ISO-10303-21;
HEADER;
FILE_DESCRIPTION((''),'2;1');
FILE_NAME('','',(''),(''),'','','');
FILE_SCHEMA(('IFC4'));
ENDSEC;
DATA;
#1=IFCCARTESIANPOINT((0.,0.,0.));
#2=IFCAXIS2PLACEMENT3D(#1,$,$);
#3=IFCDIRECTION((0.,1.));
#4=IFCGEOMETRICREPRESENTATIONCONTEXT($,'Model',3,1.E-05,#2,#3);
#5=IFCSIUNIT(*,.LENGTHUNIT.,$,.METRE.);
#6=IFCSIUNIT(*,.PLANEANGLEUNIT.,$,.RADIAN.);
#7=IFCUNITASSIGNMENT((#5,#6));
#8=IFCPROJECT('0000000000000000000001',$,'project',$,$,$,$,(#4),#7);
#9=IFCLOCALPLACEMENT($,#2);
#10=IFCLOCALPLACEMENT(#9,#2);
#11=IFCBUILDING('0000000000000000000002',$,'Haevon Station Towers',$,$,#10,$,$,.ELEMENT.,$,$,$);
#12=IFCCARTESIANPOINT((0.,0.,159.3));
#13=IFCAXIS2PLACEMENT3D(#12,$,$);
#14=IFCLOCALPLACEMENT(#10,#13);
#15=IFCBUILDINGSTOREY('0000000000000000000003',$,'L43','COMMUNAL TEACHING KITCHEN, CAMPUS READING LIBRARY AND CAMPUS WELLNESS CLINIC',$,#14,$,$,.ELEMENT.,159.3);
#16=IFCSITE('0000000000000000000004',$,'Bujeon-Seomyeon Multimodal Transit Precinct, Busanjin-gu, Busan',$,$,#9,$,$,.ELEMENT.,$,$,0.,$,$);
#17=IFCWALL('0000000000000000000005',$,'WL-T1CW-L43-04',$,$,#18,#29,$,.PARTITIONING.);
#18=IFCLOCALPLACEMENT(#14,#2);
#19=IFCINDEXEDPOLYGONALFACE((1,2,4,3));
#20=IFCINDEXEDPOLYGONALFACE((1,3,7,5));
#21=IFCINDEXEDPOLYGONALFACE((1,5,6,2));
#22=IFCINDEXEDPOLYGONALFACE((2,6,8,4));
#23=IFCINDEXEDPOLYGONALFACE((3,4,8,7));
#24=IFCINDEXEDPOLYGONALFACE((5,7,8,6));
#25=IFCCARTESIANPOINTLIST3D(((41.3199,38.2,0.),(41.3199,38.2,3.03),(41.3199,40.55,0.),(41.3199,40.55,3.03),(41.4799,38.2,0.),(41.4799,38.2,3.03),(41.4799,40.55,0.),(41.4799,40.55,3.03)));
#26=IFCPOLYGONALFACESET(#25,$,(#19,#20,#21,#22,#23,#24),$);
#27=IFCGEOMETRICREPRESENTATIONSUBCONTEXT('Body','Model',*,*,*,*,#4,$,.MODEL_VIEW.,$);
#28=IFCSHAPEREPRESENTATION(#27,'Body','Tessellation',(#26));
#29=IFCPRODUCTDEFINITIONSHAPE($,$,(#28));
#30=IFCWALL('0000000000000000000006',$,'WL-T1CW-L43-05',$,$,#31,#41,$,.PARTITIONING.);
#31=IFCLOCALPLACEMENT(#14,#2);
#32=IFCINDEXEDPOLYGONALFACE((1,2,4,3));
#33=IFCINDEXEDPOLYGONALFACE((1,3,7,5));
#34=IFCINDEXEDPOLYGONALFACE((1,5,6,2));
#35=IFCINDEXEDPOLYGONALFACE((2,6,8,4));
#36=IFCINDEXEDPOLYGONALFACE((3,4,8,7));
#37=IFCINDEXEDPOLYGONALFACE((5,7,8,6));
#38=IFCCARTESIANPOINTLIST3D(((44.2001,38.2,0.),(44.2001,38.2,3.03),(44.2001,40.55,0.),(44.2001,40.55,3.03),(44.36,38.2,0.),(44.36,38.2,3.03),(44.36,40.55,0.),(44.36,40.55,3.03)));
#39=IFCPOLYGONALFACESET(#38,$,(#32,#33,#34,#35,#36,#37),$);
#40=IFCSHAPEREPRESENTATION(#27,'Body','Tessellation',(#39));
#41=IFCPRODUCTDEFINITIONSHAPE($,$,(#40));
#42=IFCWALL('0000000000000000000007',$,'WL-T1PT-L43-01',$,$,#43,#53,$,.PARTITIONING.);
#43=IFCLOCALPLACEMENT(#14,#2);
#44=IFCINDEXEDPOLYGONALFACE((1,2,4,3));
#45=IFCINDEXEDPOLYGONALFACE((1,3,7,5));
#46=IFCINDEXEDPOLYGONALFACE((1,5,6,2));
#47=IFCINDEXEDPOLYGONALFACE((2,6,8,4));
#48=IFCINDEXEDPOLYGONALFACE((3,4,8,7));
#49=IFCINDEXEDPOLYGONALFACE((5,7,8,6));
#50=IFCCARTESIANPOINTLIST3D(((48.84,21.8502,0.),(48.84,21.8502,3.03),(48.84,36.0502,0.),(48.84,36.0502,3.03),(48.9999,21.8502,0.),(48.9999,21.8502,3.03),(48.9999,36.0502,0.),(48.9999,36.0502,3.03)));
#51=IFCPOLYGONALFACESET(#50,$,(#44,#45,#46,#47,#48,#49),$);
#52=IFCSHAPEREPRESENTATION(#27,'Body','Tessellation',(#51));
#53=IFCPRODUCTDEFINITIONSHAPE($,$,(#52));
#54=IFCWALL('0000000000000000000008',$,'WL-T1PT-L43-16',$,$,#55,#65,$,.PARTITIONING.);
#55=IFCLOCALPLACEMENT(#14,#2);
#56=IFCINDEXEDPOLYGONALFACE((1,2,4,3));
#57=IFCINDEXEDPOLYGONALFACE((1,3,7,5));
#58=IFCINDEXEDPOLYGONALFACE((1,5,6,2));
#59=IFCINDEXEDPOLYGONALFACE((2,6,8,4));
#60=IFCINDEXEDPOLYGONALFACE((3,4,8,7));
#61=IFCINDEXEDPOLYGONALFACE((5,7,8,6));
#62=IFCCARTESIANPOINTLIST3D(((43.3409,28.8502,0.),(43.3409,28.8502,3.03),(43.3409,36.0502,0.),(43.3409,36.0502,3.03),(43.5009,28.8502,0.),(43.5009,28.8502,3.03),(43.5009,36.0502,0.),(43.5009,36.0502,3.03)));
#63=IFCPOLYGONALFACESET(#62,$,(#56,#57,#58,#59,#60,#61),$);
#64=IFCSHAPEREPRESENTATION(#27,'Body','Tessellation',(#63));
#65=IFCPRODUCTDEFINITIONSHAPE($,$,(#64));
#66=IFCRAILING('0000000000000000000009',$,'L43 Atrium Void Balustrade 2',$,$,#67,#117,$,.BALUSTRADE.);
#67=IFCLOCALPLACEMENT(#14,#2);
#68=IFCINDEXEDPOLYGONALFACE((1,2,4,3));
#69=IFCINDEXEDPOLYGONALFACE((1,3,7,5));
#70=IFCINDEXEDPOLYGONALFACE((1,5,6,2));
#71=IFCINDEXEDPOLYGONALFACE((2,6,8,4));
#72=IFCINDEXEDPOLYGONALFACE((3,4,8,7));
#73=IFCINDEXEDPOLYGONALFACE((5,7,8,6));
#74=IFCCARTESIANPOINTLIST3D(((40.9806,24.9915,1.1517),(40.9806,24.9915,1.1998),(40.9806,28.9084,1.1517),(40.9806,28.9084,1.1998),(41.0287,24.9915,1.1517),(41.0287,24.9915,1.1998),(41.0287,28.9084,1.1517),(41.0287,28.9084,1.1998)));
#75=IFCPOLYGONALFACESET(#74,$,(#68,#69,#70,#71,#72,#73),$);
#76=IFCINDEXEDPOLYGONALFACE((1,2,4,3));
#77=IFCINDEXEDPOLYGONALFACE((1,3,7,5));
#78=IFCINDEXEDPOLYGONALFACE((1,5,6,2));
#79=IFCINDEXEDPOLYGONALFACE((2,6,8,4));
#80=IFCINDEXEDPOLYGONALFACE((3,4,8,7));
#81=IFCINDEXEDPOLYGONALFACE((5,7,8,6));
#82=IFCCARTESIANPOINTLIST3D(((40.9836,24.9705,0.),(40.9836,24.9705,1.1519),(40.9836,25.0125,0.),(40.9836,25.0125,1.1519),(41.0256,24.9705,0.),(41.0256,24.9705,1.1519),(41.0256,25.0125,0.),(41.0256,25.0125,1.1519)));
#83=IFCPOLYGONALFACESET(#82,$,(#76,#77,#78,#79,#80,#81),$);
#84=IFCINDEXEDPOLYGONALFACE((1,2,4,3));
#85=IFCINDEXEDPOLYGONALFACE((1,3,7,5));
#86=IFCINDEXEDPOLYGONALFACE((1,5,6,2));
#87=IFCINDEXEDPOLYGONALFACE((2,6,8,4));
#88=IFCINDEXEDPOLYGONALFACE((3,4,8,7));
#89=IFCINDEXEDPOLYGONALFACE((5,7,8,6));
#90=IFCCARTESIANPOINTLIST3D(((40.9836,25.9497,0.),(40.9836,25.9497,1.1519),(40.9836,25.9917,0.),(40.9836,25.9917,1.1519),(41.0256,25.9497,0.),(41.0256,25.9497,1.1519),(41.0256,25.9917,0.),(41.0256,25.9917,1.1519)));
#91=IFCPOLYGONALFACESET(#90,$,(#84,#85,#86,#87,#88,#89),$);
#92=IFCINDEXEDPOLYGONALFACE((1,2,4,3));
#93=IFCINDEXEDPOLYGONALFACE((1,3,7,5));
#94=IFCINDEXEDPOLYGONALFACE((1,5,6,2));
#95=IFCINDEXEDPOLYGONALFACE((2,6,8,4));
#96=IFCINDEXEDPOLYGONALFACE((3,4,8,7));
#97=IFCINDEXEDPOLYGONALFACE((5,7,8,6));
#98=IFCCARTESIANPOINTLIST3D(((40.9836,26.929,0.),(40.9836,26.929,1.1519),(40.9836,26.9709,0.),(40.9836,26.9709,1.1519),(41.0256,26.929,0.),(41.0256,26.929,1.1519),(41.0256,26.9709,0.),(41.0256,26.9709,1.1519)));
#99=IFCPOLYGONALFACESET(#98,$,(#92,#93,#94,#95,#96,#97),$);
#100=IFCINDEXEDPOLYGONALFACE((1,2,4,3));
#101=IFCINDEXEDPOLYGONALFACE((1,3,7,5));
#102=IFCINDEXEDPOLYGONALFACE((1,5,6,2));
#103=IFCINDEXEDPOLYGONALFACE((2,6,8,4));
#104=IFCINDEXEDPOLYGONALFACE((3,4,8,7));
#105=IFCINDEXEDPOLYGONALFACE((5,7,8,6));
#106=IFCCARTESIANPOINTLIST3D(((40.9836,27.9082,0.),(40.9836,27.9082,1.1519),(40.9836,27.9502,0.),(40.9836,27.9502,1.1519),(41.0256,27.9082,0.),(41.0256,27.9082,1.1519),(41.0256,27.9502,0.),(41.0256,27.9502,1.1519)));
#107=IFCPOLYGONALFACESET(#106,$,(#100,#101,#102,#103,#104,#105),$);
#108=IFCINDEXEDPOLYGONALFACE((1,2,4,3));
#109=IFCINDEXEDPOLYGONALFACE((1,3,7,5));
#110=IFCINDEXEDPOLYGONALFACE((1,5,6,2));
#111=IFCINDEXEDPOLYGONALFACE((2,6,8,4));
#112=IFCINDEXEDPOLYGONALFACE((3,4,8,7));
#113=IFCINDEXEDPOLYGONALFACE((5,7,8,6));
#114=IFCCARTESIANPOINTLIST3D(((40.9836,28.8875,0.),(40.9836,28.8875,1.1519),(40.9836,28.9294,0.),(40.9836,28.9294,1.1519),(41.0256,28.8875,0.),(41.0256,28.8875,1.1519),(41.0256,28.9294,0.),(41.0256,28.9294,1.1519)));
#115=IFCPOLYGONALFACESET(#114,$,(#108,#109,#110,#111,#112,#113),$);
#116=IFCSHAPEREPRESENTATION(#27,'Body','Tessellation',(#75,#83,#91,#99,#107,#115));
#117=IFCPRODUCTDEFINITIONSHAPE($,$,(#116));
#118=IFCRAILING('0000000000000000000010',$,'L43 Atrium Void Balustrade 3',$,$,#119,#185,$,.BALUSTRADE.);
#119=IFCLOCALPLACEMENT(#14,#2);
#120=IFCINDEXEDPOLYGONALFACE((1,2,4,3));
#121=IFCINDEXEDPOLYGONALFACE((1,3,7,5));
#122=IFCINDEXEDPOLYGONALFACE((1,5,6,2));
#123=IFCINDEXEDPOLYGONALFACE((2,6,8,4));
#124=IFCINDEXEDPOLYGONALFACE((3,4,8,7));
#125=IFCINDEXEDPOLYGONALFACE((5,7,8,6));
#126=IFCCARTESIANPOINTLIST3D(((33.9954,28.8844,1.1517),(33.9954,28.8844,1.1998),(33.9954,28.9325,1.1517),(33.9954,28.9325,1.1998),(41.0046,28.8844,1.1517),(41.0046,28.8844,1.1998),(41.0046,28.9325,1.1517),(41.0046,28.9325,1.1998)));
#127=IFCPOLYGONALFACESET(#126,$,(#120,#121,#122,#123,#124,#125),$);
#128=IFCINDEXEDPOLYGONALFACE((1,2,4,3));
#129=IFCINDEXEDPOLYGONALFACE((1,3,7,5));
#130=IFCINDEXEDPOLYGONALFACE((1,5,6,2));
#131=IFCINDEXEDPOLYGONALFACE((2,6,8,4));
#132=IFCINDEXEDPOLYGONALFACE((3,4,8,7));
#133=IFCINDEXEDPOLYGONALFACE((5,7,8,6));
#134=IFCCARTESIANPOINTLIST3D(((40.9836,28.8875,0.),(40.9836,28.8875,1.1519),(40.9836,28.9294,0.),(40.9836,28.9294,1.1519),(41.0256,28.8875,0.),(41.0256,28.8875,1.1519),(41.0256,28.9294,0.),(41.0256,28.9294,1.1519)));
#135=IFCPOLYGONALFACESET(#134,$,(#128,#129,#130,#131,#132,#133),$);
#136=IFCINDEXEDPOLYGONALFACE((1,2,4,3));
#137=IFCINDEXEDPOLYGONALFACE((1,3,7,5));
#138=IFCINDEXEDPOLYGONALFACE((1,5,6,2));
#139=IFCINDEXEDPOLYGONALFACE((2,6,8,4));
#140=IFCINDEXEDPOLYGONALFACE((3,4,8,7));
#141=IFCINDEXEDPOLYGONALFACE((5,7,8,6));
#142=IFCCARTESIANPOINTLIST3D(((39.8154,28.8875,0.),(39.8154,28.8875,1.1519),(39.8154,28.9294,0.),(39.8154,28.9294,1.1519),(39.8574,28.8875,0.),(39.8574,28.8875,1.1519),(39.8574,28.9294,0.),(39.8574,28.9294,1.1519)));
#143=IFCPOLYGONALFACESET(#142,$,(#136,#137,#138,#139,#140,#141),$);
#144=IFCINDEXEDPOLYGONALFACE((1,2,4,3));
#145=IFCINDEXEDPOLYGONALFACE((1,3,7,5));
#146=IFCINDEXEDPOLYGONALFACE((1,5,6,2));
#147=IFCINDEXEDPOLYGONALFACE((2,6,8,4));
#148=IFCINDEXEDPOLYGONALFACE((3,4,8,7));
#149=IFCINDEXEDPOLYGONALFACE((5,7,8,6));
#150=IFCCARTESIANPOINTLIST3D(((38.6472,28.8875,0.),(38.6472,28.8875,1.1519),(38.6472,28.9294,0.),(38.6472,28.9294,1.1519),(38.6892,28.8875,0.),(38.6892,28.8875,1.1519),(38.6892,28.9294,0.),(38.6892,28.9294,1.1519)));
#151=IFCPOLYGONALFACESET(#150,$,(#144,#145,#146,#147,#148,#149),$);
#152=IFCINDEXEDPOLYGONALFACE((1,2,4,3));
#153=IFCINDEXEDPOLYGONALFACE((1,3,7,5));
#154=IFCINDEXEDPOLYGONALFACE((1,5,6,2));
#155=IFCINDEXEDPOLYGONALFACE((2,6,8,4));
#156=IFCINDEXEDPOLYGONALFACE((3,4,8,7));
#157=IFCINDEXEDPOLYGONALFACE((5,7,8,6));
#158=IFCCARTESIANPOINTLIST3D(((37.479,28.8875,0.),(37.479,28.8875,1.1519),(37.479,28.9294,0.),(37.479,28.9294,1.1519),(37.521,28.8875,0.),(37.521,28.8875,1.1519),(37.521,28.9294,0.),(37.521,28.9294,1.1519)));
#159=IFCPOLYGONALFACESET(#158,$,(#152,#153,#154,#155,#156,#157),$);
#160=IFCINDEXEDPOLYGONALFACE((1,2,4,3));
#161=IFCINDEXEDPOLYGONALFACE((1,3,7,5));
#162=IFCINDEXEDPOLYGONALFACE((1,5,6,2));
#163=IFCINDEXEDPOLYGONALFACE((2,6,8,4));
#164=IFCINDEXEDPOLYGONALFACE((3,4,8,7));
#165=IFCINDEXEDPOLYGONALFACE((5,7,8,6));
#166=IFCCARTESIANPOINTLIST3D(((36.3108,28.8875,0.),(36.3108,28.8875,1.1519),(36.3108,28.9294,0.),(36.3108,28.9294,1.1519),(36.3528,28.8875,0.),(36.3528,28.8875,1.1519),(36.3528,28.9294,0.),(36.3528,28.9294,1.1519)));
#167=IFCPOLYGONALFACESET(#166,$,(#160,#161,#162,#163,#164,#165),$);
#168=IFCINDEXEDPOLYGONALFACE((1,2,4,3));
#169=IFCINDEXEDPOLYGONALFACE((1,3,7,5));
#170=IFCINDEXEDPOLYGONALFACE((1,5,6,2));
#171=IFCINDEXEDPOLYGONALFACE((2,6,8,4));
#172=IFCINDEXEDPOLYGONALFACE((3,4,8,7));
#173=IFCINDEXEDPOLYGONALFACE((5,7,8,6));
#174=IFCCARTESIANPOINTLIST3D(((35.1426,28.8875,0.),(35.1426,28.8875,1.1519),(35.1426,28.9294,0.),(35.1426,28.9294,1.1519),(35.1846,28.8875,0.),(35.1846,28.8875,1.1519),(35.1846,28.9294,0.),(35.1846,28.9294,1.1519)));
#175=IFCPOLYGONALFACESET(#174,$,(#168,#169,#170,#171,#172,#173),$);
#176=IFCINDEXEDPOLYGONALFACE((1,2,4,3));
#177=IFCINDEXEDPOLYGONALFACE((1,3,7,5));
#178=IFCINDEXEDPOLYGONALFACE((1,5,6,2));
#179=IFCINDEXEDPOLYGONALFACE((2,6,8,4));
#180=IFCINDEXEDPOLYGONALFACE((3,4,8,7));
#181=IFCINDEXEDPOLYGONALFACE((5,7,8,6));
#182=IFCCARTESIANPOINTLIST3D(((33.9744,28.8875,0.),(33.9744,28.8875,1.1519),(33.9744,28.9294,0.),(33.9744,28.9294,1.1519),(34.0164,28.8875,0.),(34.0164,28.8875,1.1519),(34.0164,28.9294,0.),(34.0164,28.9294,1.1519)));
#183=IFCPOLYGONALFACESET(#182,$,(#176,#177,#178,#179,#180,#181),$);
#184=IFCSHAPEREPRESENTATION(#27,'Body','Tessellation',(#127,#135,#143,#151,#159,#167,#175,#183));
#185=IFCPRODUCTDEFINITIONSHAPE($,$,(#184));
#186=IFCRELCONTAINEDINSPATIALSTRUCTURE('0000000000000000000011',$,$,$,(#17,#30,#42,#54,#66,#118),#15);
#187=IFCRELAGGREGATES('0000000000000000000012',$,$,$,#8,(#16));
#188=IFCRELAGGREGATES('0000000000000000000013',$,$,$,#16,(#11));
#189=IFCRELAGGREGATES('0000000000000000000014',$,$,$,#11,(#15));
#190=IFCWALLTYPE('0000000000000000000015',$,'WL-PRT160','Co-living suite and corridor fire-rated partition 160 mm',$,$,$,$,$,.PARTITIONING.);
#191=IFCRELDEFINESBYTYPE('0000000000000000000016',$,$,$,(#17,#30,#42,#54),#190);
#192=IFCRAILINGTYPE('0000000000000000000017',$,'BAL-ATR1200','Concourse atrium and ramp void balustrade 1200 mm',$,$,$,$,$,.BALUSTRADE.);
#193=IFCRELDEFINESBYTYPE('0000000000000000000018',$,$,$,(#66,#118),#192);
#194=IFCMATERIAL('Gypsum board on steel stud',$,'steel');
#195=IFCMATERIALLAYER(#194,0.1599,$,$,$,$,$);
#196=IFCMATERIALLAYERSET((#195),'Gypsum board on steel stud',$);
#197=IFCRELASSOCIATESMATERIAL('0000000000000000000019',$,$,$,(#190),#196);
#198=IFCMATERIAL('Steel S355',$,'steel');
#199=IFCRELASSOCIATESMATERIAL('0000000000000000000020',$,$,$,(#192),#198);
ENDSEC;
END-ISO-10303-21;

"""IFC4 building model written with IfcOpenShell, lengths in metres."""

from ifc_helpers import new_model, si_unit, direction, frame, frame_2d, origin, origin_2d, place, context, subcontext, project, spatial, rectangle, extrude, material, layer, layer_set, type_object, element, save


model = new_model("IFC4")

# Units and contexts
model_context = context("Model", 3, precision=1e-05, world=origin(), true_north=direction((0.0, 1.0)))
body_context = subcontext(model_context, "Body", "Model", "MODEL_VIEW")
ifc_project = project(units=[si_unit("LENGTHUNIT", "METRE"), si_unit("PLANEANGLEUNIT", "RADIAN")], contexts=[model_context])

# Site, building, storey
site_placement = place(None, origin())
site = spatial("IfcSite", under=ifc_project, at=site_placement, Name="Bujeon-Seomyeon Multimodal Transit Precinct, Busanjin-gu, Busan", CompositionType="ELEMENT", RefElevation=0.0)
building_placement = place(site_placement, origin())
building = spatial("IfcBuilding", under=site, at=building_placement, Name="Haevon Station Towers", CompositionType="ELEMENT")
storey_placement = place(building_placement, frame((0.0, 0.0, 159.3)))
storey = spatial("IfcBuildingStorey", under=building, at=storey_placement, Name="L43", Description="COMMUNAL TEACHING KITCHEN, CAMPUS READING LIBRARY AND CAMPUS WELLNESS CLINIC", CompositionType="ELEMENT", Elevation=159.3)

# Shared definitions
ifc_material_1 = material(Name="Steel S355", Category="steel")

# Shared definitions
ifc_material_2 = material(Name="Gypsum board on steel stud", Category="steel")

# Walls
ifc_layer_1 = layer(ifc_material_2, 0.1599)
ifc_layer_set_1 = layer_set([ifc_layer_1], Name="Gypsum board on steel stud")
wall_type_1 = type_object("IfcWallType", Name="WL-PRT160", Description="Co-living suite and corridor fire-rated partition 160 mm", PredefinedType="PARTITIONING", material=ifc_layer_set_1)
for number, where, z_axis, x_axis, name in (
    (1, (41.3999, 38.2, 0.0), (0.0, 0.0, 1.0), (0.0, 1.0, 0.0), "WL-T1CW-L43-04"),
    (2, (44.28, 38.2, 0.0), (0.0, 0.0, 1.0), (0.0, 1.0, 0.0), "WL-T1CW-L43-05"),
):
    element("IfcWall", number, at=place(storey_placement, frame(where, z_axis=z_axis, x_axis=x_axis)), inside=storey, type_object=wall_type_1, Name=name, PredefinedType="PARTITIONING", context=body_context, shape_type="SweptSolid", body=[
        extrude(rectangle(XDim=2.3501, YDim=0.1599, at=frame_2d((1.175, 0.0))), origin(), (0.0, 0.0, 1.0), 3.03),
    ])
wall_1_placement = place(storey_placement, frame((48.9199, 21.8501, 0.0), z_axis=(0.0, 0.0, 1.0), x_axis=(0.0, 1.0, 0.0)))
element("IfcWall", 3, at=wall_1_placement, inside=storey, type_object=wall_type_1, Name="WL-T1PT-L43-01", PredefinedType="PARTITIONING", context=body_context, shape_type="SweptSolid", body=[
    extrude(rectangle(XDim=14.2, YDim=0.1599, at=frame_2d((7.1001, 0.0))), origin(), (0.0, 0.0, 1.0), 3.03),
])
wall_2_placement = place(storey_placement, frame((43.4209, 28.8501, 0.0), z_axis=(0.0, 0.0, 1.0), x_axis=(0.0, 1.0, 0.0)))
element("IfcWall", 4, at=wall_2_placement, inside=storey, type_object=wall_type_1, Name="WL-T1PT-L43-16", PredefinedType="PARTITIONING", context=body_context, shape_type="SweptSolid", body=[
    extrude(rectangle(XDim=7.2, YDim=0.1599, at=frame_2d((3.6001, 0.0))), origin(), (0.0, 0.0, 1.0), 3.03),
])

# Railings
railing_type = type_object("IfcRailingType", Name="BAL-ATR1200", Description="Concourse atrium and ramp void balustrade 1200 mm", PredefinedType="BALUSTRADE", material=ifc_material_1)
railing_1_placement = place(storey_placement, frame((41.0046, 24.9915, 0.0)))
element("IfcRailing", 5, at=railing_1_placement, inside=storey, type_object=railing_type, Name="L43 Atrium Void Balustrade 2", PredefinedType="BALUSTRADE", context=body_context, shape_type="SweptSolid", body=[
    extrude(rectangle(XDim=0.0481, YDim=0.0481, at=origin_2d()), frame((0.0, 0.0, 1.1758), z_axis=(0.0, 1.0, 0.0), x_axis=(-1.0, 0.0, 0.0)), (0.0, 0.0, 1.0), 3.917),
    extrude(rectangle(XDim=0.042, YDim=0.042, at=origin_2d()), origin(), (0.0, 0.0, 1.0), 1.1519),
    extrude(rectangle(XDim=0.042, YDim=0.042, at=origin_2d()), frame((0.0, 0.9792, 0.0)), (0.0, 0.0, 1.0), 1.1519),
    extrude(rectangle(XDim=0.042, YDim=0.042, at=origin_2d()), frame((0.0, 1.9585, 0.0)), (0.0, 0.0, 1.0), 1.1519),
    extrude(rectangle(XDim=0.042, YDim=0.042, at=origin_2d()), frame((0.0, 2.9377, 0.0)), (0.0, 0.0, 1.0), 1.1519),
    extrude(rectangle(XDim=0.042, YDim=0.042, at=origin_2d()), frame((0.0, 3.917, 0.0)), (0.0, 0.0, 1.0), 1.1519),
])
railing_2_placement = place(storey_placement, frame((41.0046, 28.9084, 0.0)))
element("IfcRailing", 6, at=railing_2_placement, inside=storey, type_object=railing_type, Name="L43 Atrium Void Balustrade 3", PredefinedType="BALUSTRADE", context=body_context, shape_type="SweptSolid", body=[
    extrude(rectangle(XDim=0.0481, YDim=0.0481, at=origin_2d()), frame((0.0, 0.0, 1.1758), z_axis=(-1.0, 0.0, 0.0), x_axis=(0.0, -1.0, 0.0)), (0.0, 0.0, 1.0), 7.0093),
    extrude(rectangle(XDim=0.042, YDim=0.042, at=origin_2d()), origin(), (0.0, 0.0, 1.0), 1.1519),
    extrude(rectangle(XDim=0.042, YDim=0.042, at=origin_2d()), frame((-1.1682, 0.0, 0.0)), (0.0, 0.0, 1.0), 1.1519),
    extrude(rectangle(XDim=0.042, YDim=0.042, at=origin_2d()), frame((-2.3364, 0.0, 0.0)), (0.0, 0.0, 1.0), 1.1519),
    extrude(rectangle(XDim=0.042, YDim=0.042, at=origin_2d()), frame((-3.5046, 0.0, 0.0)), (0.0, 0.0, 1.0), 1.1519),
    extrude(rectangle(XDim=0.042, YDim=0.042, at=origin_2d()), frame((-4.6729, 0.0, 0.0)), (0.0, 0.0, 1.0), 1.1519),
    extrude(rectangle(XDim=0.042, YDim=0.042, at=origin_2d()), frame((-5.8411, 0.0, 0.0)), (0.0, 0.0, 1.0), 1.1519),
    extrude(rectangle(XDim=0.042, YDim=0.042, at=origin_2d()), frame((-7.0093, 0.0, 0.0)), (0.0, 0.0, 1.0), 1.1519),
])

save(model, "model.ifc")
